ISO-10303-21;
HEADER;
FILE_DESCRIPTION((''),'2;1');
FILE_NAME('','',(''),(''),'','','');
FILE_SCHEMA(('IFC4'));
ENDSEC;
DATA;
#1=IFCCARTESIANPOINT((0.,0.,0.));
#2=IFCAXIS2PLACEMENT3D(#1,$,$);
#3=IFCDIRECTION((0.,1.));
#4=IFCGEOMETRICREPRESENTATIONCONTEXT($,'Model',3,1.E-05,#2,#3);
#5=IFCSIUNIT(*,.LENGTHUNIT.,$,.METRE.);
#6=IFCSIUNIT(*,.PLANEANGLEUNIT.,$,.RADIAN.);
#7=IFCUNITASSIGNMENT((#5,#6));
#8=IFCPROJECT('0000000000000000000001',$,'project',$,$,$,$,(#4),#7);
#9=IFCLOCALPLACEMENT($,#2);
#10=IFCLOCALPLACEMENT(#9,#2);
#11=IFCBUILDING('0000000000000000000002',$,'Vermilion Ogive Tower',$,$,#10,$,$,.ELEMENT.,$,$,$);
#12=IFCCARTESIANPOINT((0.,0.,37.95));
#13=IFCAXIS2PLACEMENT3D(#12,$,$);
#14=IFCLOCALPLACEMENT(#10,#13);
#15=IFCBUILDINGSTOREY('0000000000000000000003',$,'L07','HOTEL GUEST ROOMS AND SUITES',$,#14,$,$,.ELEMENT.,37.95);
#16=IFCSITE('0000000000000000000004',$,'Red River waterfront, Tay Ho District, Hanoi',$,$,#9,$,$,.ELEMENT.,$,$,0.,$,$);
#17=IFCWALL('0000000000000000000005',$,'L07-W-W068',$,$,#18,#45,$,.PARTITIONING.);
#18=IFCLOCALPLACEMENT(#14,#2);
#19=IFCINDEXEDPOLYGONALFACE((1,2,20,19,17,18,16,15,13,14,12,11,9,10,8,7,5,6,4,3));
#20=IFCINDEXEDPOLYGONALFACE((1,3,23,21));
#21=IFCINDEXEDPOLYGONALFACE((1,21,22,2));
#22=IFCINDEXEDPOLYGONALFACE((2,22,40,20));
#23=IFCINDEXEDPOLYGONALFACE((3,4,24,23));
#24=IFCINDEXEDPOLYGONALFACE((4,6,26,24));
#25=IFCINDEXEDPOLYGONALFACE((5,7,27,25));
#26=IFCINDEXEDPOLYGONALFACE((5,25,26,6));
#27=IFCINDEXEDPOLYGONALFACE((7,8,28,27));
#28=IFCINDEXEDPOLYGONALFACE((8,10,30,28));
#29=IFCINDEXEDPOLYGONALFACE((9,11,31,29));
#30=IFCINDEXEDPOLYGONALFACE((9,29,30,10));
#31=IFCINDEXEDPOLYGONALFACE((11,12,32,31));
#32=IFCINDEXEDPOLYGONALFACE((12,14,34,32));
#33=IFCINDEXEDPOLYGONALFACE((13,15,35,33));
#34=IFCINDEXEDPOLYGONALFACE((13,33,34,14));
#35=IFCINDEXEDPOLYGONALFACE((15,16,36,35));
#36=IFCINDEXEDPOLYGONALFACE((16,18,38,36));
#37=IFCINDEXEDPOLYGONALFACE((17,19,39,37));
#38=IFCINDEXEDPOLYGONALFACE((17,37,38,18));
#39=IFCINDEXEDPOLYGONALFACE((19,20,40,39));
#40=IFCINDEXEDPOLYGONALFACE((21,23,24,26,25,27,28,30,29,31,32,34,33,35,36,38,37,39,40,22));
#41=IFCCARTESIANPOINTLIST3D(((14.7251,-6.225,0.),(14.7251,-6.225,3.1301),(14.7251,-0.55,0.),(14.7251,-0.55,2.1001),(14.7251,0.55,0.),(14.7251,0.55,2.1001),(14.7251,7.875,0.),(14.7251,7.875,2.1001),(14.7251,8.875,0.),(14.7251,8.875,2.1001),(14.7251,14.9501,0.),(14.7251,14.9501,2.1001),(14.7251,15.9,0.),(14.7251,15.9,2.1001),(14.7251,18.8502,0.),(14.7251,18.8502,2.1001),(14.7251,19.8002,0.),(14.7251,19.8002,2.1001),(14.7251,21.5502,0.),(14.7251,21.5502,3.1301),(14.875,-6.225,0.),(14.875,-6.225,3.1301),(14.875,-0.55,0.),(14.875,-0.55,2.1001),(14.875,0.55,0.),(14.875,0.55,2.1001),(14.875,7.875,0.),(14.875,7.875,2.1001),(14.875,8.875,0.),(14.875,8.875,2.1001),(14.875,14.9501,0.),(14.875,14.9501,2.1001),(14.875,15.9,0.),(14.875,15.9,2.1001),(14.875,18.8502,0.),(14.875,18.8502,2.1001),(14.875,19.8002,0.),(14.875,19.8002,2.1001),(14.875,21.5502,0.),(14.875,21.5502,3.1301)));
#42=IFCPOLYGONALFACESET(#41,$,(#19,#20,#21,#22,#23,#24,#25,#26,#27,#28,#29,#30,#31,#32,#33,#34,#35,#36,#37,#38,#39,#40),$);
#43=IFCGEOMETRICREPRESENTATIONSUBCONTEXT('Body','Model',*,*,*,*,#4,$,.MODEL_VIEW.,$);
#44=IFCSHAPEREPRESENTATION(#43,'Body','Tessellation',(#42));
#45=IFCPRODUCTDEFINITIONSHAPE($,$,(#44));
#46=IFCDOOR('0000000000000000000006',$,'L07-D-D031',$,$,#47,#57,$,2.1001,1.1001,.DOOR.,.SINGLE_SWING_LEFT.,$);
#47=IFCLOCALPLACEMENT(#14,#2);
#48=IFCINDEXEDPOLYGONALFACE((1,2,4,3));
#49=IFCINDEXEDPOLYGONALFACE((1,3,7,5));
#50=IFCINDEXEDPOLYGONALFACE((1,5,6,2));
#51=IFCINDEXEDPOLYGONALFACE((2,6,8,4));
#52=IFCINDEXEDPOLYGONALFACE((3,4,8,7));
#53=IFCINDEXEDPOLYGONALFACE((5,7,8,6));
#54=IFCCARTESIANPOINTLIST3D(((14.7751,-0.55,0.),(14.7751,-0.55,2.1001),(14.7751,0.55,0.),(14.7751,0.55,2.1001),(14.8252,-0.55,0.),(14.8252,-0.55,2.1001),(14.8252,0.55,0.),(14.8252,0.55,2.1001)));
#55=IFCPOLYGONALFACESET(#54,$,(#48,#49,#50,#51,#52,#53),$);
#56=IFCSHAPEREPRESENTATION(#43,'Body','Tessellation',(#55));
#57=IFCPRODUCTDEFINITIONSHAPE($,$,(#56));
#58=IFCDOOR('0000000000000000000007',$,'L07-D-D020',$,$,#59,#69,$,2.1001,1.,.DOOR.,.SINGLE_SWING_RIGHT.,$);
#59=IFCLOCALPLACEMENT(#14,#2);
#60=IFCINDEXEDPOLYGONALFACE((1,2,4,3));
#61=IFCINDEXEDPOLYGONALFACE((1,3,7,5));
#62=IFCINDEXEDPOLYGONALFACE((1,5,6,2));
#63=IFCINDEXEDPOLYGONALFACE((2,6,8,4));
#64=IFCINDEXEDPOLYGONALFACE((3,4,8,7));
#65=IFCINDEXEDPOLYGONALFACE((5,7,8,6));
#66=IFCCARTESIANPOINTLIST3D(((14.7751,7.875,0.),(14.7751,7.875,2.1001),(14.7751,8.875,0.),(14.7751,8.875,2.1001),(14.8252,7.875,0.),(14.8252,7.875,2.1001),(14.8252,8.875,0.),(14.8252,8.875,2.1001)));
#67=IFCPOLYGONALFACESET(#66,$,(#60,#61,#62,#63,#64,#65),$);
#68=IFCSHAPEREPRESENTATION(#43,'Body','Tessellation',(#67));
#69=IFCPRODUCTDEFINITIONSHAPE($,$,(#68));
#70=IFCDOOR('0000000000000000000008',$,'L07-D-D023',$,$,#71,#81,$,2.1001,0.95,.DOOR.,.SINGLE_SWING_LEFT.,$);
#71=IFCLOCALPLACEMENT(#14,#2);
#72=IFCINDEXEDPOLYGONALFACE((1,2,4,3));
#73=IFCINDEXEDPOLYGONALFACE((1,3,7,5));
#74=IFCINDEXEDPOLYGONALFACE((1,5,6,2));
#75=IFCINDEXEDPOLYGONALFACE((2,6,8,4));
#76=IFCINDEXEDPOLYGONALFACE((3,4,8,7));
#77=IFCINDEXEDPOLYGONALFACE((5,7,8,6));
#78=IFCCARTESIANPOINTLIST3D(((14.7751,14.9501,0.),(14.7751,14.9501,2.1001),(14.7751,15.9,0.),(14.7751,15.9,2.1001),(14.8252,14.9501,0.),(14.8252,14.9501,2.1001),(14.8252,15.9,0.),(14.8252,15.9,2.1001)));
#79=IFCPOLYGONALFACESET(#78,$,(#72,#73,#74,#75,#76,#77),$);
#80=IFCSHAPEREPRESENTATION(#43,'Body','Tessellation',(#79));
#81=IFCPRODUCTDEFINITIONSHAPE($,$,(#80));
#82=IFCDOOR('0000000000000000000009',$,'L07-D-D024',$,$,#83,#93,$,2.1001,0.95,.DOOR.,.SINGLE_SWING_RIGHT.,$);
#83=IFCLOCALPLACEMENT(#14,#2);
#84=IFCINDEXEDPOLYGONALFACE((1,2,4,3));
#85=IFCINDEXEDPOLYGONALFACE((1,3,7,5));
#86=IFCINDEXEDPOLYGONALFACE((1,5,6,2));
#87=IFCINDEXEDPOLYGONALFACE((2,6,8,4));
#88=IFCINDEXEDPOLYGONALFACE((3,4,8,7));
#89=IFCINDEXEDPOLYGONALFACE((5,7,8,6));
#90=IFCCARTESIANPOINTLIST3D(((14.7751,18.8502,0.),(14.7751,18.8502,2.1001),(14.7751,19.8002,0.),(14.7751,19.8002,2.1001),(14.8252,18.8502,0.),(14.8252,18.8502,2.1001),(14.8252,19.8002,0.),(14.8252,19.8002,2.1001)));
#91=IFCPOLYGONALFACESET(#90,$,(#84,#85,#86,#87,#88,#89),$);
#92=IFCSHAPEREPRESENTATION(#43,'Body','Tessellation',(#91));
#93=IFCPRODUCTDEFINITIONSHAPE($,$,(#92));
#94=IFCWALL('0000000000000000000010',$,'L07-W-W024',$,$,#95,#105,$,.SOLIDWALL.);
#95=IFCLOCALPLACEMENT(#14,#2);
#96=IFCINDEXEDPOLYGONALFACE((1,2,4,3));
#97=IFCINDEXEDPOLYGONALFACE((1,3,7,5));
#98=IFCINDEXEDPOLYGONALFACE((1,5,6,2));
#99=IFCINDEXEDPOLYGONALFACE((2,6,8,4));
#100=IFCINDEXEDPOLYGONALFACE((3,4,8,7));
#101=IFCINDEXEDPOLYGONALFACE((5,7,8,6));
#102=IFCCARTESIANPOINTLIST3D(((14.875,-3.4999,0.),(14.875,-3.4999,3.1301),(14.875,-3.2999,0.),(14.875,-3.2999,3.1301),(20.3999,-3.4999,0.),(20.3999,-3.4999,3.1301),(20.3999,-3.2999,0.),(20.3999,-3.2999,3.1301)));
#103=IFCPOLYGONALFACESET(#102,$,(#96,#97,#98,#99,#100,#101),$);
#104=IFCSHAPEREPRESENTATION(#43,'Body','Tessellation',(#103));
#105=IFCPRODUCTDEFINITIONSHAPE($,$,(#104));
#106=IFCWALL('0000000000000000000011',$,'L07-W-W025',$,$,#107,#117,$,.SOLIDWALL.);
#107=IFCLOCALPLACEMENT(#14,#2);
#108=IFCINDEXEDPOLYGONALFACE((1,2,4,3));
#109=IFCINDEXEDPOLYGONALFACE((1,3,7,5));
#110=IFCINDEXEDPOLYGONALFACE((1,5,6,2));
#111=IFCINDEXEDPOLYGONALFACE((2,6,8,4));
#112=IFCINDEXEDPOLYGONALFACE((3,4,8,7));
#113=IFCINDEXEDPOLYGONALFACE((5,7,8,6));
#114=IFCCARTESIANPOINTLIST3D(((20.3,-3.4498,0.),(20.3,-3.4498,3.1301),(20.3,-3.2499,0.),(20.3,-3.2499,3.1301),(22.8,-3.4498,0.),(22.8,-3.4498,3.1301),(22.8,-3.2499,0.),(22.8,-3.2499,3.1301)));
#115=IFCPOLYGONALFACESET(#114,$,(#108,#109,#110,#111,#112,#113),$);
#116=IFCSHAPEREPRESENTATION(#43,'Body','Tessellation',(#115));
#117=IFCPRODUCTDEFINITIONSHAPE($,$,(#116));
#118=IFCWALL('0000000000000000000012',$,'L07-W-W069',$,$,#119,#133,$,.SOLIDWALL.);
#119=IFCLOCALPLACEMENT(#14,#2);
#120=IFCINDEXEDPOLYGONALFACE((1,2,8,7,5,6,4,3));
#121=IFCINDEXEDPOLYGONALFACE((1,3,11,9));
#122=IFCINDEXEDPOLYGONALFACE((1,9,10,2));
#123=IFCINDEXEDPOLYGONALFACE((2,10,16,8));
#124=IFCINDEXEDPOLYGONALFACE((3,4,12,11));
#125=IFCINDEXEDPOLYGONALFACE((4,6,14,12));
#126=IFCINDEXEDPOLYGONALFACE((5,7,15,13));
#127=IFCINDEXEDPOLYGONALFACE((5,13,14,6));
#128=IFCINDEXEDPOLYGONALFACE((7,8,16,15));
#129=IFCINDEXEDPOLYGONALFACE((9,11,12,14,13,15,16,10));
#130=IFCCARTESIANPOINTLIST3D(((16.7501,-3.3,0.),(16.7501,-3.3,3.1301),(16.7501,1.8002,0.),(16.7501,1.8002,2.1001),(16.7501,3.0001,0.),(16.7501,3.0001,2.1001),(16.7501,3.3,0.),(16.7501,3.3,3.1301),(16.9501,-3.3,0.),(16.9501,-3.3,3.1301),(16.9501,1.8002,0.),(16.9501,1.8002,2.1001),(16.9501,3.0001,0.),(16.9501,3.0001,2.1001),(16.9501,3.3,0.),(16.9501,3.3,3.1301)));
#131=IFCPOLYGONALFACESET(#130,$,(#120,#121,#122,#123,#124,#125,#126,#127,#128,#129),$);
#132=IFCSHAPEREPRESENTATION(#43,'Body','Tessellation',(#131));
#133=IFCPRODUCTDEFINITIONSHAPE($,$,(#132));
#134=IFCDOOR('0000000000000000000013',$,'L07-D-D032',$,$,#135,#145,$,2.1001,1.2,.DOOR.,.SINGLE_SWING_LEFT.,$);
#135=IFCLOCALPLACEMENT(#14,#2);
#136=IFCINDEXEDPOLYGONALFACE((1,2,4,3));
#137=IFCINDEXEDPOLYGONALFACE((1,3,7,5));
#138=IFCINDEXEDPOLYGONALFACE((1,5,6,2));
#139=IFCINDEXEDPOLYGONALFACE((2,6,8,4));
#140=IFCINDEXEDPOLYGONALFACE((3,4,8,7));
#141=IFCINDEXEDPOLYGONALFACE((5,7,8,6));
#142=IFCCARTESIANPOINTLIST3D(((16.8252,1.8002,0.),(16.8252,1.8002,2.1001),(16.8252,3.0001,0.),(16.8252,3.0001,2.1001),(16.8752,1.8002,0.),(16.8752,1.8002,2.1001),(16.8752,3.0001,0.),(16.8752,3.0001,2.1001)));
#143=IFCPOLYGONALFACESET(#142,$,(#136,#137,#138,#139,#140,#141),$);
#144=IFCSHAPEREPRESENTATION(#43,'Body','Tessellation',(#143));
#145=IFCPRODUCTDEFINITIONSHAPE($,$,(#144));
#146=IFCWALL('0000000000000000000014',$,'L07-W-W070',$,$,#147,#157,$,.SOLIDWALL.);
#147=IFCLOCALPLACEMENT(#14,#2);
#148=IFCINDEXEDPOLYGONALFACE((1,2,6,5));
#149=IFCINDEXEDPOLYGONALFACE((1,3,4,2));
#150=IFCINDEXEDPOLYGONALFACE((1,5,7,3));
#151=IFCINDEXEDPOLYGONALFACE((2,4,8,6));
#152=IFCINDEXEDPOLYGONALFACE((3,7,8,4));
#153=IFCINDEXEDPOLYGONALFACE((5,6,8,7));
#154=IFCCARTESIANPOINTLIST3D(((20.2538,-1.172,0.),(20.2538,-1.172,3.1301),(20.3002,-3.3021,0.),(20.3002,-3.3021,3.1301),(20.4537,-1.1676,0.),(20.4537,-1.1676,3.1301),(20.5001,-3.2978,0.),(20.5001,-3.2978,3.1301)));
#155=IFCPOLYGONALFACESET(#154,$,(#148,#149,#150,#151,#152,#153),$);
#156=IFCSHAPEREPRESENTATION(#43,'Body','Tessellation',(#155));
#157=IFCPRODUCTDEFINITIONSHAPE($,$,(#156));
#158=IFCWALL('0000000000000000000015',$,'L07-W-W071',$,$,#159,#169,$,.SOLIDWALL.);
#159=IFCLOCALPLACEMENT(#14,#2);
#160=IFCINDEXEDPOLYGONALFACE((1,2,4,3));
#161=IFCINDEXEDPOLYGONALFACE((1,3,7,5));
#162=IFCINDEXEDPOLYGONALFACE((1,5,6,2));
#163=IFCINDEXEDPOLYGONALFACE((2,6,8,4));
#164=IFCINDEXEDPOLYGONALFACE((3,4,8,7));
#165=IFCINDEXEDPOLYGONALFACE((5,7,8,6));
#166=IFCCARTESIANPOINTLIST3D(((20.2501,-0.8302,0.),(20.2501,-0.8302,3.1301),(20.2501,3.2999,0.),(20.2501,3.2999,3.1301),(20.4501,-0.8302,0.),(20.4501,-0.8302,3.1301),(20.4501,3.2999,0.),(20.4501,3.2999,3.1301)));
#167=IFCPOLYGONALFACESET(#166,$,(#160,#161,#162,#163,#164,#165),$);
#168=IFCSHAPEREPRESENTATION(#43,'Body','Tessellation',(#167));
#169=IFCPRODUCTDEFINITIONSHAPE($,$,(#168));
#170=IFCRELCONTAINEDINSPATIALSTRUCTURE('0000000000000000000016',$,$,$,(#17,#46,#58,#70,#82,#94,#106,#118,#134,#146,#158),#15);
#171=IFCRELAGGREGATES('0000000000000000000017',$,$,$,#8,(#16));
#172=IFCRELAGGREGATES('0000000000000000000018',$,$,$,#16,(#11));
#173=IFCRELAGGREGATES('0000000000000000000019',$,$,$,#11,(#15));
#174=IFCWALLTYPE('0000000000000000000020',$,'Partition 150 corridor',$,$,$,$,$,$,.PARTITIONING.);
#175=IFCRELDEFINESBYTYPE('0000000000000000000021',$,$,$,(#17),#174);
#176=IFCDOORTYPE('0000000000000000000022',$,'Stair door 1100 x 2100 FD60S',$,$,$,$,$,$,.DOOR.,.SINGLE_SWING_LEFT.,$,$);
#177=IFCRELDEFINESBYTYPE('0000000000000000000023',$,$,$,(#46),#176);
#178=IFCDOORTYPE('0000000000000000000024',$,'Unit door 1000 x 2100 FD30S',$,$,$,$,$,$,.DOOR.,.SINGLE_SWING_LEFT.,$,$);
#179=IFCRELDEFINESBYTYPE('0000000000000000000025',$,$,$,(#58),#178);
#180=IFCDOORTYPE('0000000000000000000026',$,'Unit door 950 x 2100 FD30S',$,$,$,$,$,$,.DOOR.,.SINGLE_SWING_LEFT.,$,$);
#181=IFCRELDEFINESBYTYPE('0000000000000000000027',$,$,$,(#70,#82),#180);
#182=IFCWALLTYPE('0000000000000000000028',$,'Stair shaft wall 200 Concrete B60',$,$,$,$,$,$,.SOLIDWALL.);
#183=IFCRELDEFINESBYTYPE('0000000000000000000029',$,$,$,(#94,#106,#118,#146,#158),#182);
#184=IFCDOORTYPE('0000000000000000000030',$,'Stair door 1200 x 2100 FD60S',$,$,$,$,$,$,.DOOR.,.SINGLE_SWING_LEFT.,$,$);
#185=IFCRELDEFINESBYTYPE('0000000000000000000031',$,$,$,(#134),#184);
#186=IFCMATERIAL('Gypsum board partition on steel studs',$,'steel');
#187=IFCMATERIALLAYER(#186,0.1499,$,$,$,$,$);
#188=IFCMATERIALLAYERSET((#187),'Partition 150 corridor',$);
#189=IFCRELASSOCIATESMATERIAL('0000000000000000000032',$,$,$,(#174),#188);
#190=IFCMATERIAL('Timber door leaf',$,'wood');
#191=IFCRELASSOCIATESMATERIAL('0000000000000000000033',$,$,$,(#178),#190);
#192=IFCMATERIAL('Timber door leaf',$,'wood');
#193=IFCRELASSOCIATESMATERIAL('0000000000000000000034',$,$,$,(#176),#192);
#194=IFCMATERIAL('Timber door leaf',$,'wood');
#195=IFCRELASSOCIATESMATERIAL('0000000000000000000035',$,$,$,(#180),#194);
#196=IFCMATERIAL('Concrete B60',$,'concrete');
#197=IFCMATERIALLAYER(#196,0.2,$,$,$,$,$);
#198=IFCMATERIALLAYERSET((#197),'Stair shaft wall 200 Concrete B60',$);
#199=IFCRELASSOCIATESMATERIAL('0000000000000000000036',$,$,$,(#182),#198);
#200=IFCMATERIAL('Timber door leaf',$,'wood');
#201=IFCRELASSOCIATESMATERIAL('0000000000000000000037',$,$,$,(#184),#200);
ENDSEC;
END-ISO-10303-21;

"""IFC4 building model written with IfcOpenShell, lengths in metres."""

from ifc_helpers import new_model, si_unit, direction, frame, frame_2d, origin, place, context, subcontext, project, spatial, rectangle, extrude, material, layer, layer_set, type_object, element, fill, save


model = new_model("IFC4")

# Units and contexts
model_context = context("Model", 3, precision=1e-05, world=origin(), true_north=direction((0.0, 1.0)))
body_context = subcontext(model_context, "Body", "Model", "MODEL_VIEW")
ifc_project = project(units=[si_unit("LENGTHUNIT", "METRE"), si_unit("PLANEANGLEUNIT", "RADIAN")], contexts=[model_context])

# Site, building, storey
site_placement = place(None, origin())
site = spatial("IfcSite", under=ifc_project, at=site_placement, Name="Red River waterfront, Tay Ho District, Hanoi", CompositionType="ELEMENT", RefElevation=0.0)
building_placement = place(site_placement, origin())
building = spatial("IfcBuilding", under=site, at=building_placement, Name="Vermilion Ogive Tower", CompositionType="ELEMENT")
storey_placement = place(building_placement, frame((0.0, 0.0, 37.95)))
storey = spatial("IfcBuildingStorey", under=building, at=storey_placement, Name="L07", Description="HOTEL GUEST ROOMS AND SUITES", CompositionType="ELEMENT", Elevation=37.95)

# Shared definitions
ifc_material_1 = material(Name="Gypsum board partition on steel studs", Category="steel")
ifc_layer_1 = layer(ifc_material_1, 0.1499)
ifc_layer_set_1 = layer_set([ifc_layer_1], Name="Partition 150 corridor")
wall_type_1 = type_object("IfcWallType", Name="Partition 150 corridor", PredefinedType="PARTITIONING", material=ifc_layer_set_1)
ifc_material_2 = material(Name="Timber door leaf", Category="wood")
door_type_1 = type_object("IfcDoorType", Name="Unit door 1000 x 2100 FD30S", OperationType="SINGLE_SWING_LEFT", PredefinedType="DOOR", material=ifc_material_2)

# Wall, openings, doors
wall_1_placement = place(storey_placement, frame((14.8, -6.2251, 0.0), z_axis=(0.0, 0.0, 1.0), x_axis=(0.0, 1.0, 0.0)))
wall_1 = element("IfcWall", 1, at=wall_1_placement, inside=storey, type_object=wall_type_1, Name="L07-W-W068", PredefinedType="PARTITIONING", context=body_context, shape_type="SweptSolid", body=[
    extrude(rectangle(XDim=27.7751, YDim=0.1499, at=frame_2d((13.8877, 0.0))), origin(), (0.0, 0.0, 1.0), 3.1301),
])
opening_1_placement = place(wall_1_placement, frame((14.1001, 0.0, 0.0)))
opening_1 = element("IfcOpeningElement", 2, at=opening_1_placement, cuts=wall_1, PredefinedType="OPENING", context=body_context, shape_type="SweptSolid", body=[
    extrude(rectangle(XDim=1.0, YDim=2.1001, at=frame_2d((0.5, 1.05))), frame((0.0, 0.085, 0.0), z_axis=(0.0, -1.0, 0.0), x_axis=(1.0, 0.0, 0.0)), (0.0, 0.0, 1.0), 0.1699),
])
opening_2_placement = place(wall_1_placement, frame((21.175, 0.0, 0.0)))
opening_2 = element("IfcOpeningElement", 3, at=opening_2_placement, cuts=wall_1, PredefinedType="OPENING", context=body_context, shape_type="SweptSolid", body=[
    extrude(rectangle(XDim=0.95, YDim=2.1001, at=frame_2d((0.4751, 1.05))), frame((0.0, 0.085, 0.0), z_axis=(0.0, -1.0, 0.0), x_axis=(1.0, 0.0, 0.0)), (0.0, 0.0, 1.0), 0.1699),
])
opening_3_placement = place(wall_1_placement, frame((25.0752, 0.0, 0.0)))
opening_3 = element("IfcOpeningElement", 4, at=opening_3_placement, cuts=wall_1, PredefinedType="OPENING", context=body_context, shape_type="SweptSolid", body=[
    extrude(rectangle(XDim=0.95, YDim=2.1001, at=frame_2d((0.4751, 1.05))), frame((0.0, 0.085, 0.0), z_axis=(0.0, -1.0, 0.0), x_axis=(1.0, 0.0, 0.0)), (0.0, 0.0, 1.0), 0.1699),
])
opening_4_placement = place(wall_1_placement, frame((5.675, 0.0, 0.0)))
opening_4 = element("IfcOpeningElement", 5, at=opening_4_placement, cuts=wall_1, PredefinedType="OPENING", context=body_context, shape_type="SweptSolid", body=[
    extrude(rectangle(XDim=1.1001, YDim=2.1001, at=frame_2d((0.55, 1.05))), frame((0.0, 0.085, 0.0), z_axis=(0.0, -1.0, 0.0), x_axis=(1.0, 0.0, 0.0)), (0.0, 0.0, 1.0), 0.1699),
])
ifc_material_3 = material(Name="Timber door leaf", Category="wood")
door_type_2 = type_object("IfcDoorType", Name="Stair door 1100 x 2100 FD60S", OperationType="SINGLE_SWING_LEFT", PredefinedType="DOOR", material=ifc_material_3)
door_1_placement = place(opening_4_placement, origin())
door_1 = element("IfcDoor", 6, at=door_1_placement, inside=storey, type_object=door_type_2, Name="L07-D-D031", OperationType="SINGLE_SWING_LEFT", OverallHeight=2.1001, OverallWidth=1.1001, PredefinedType="DOOR", context=body_context, shape_type="SweptSolid", body=[
    extrude(rectangle(XDim=1.1001, YDim=2.1001, at=frame_2d((0.55, 1.05))), frame((0.0, 0.0249, 0.0), z_axis=(0.0, -1.0, 0.0), x_axis=(1.0, 0.0, 0.0)), (0.0, 0.0, 1.0), 0.05),
])
fill(opening_4, door_1)
door_2_placement = place(opening_1_placement, origin())
door_2 = element("IfcDoor", 7, at=door_2_placement, inside=storey, type_object=door_type_1, Name="L07-D-D020", OperationType="SINGLE_SWING_RIGHT", OverallHeight=2.1001, OverallWidth=1.0, PredefinedType="DOOR", context=body_context, shape_type="SweptSolid", body=[
    extrude(rectangle(XDim=1.0, YDim=2.1001, at=frame_2d((0.5, 1.05))), frame((0.0, 0.0249, 0.0), z_axis=(0.0, -1.0, 0.0), x_axis=(1.0, 0.0, 0.0)), (0.0, 0.0, 1.0), 0.05),
])
fill(opening_1, door_2)
ifc_material_4 = material(Name="Timber door leaf", Category="wood")
door_type_3 = type_object("IfcDoorType", Name="Unit door 950 x 2100 FD30S", OperationType="SINGLE_SWING_LEFT", PredefinedType="DOOR", material=ifc_material_4)
door_3_placement = place(opening_2_placement, origin())
door_3 = element("IfcDoor", 8, at=door_3_placement, inside=storey, type_object=door_type_3, Name="L07-D-D023", OperationType="SINGLE_SWING_LEFT", OverallHeight=2.1001, OverallWidth=0.95, PredefinedType="DOOR", context=body_context, shape_type="SweptSolid", body=[
    extrude(rectangle(XDim=0.95, YDim=2.1001, at=frame_2d((0.4751, 1.05))), frame((0.0, 0.0249, 0.0), z_axis=(0.0, -1.0, 0.0), x_axis=(1.0, 0.0, 0.0)), (0.0, 0.0, 1.0), 0.05),
])
fill(opening_2, door_3)
door_4_placement = place(opening_3_placement, origin())
door_4 = element("IfcDoor", 9, at=door_4_placement, inside=storey, type_object=door_type_3, Name="L07-D-D024", OperationType="SINGLE_SWING_RIGHT", OverallHeight=2.1001, OverallWidth=0.95, PredefinedType="DOOR", context=body_context, shape_type="SweptSolid", body=[
    extrude(rectangle(XDim=0.95, YDim=2.1001, at=frame_2d((0.4751, 1.05))), frame((0.0, 0.0249, 0.0), z_axis=(0.0, -1.0, 0.0), x_axis=(1.0, 0.0, 0.0)), (0.0, 0.0, 1.0), 0.05),
])
fill(opening_3, door_4)

# Walls
ifc_material_5 = material(Name="Concrete B60", Category="concrete")
ifc_layer_2 = layer(ifc_material_5, 0.2)
ifc_layer_set_2 = layer_set([ifc_layer_2], Name="Stair shaft wall 200 Concrete B60")
wall_type_2 = type_object("IfcWallType", Name="Stair shaft wall 200 Concrete B60", PredefinedType="SOLIDWALL", material=ifc_layer_set_2)
wall_2_placement = place(storey_placement, frame((14.875, -3.3999, 0.0), z_axis=(0.0, 0.0, 1.0), x_axis=(1.0, 0.0, 0.0)))
element("IfcWall", 10, at=wall_2_placement, inside=storey, type_object=wall_type_2, Name="L07-W-W024", PredefinedType="SOLIDWALL", context=body_context, shape_type="SweptSolid", body=[
    extrude(rectangle(XDim=5.5249, YDim=0.2, at=frame_2d((2.7625, 0.0))), origin(), (0.0, 0.0, 1.0), 3.1301),
])
wall_3_placement = place(storey_placement, frame((20.3, -3.3499, 0.0), z_axis=(0.0, 0.0, 1.0), x_axis=(1.0, 0.0, 0.0)))
element("IfcWall", 11, at=wall_3_placement, inside=storey, type_object=wall_type_2, Name="L07-W-W025", PredefinedType="SOLIDWALL", context=body_context, shape_type="SweptSolid", body=[
    extrude(rectangle(XDim=2.5, YDim=0.2, at=frame_2d((1.25, 0.0))), origin(), (0.0, 0.0, 1.0), 3.1301),
])

# Wall, opening, door
wall_4_placement = place(storey_placement, frame((16.8501, -3.3, 0.0), z_axis=(0.0, 0.0, 1.0), x_axis=(0.0, 1.0, 0.0)))
wall_4 = element("IfcWall", 12, at=wall_4_placement, inside=storey, type_object=wall_type_2, Name="L07-W-W069", PredefinedType="SOLIDWALL", context=body_context, shape_type="SweptSolid", body=[
    extrude(rectangle(XDim=6.6001, YDim=0.2, at=frame_2d((3.3, 0.0))), origin(), (0.0, 0.0, 1.0), 3.1301),
])
opening_5_placement = place(wall_4_placement, frame((5.1001, 0.0, 0.0)))
opening_5 = element("IfcOpeningElement", 13, at=opening_5_placement, cuts=wall_4, PredefinedType="OPENING", context=body_context, shape_type="SweptSolid", body=[
    extrude(rectangle(XDim=1.2, YDim=2.1001, at=frame_2d((0.6001, 1.05))), frame((0.0, 0.1099, 0.0), z_axis=(0.0, -1.0, 0.0), x_axis=(1.0, 0.0, 0.0)), (0.0, 0.0, 1.0), 0.22),
])
ifc_material_6 = material(Name="Timber door leaf", Category="wood")
door_type_4 = type_object("IfcDoorType", Name="Stair door 1200 x 2100 FD60S", OperationType="SINGLE_SWING_LEFT", PredefinedType="DOOR", material=ifc_material_6)
door_5_placement = place(opening_5_placement, origin())
door_5 = element("IfcDoor", 14, at=door_5_placement, inside=storey, type_object=door_type_4, Name="L07-D-D032", OperationType="SINGLE_SWING_LEFT", OverallHeight=2.1001, OverallWidth=1.2, PredefinedType="DOOR", context=body_context, shape_type="SweptSolid", body=[
    extrude(rectangle(XDim=1.2, YDim=2.1001, at=frame_2d((0.6001, 1.05))), frame((0.0, 0.0249, 0.0), z_axis=(0.0, -1.0, 0.0), x_axis=(1.0, 0.0, 0.0)), (0.0, 0.0, 1.0), 0.05),
])
fill(opening_5, door_5)

# Walls
wall_5_placement = place(storey_placement, frame((20.4001, -3.3, 0.0), z_axis=(0.0, 0.0, 1.0), x_axis=(-0.021771, 0.999763, 0.0)))
element("IfcWall", 15, at=wall_5_placement, inside=storey, type_object=wall_type_2, Name="L07-W-W070", PredefinedType="SOLIDWALL", context=body_context, shape_type="SweptSolid", body=[
    extrude(rectangle(XDim=2.1306, YDim=0.2, at=frame_2d((1.0654, 0.0))), origin(), (0.0, 0.0, 1.0), 3.1301),
])
wall_6_placement = place(storey_placement, frame((20.3501, -0.8301, 0.0), z_axis=(0.0, 0.0, 1.0), x_axis=(0.0, 1.0, 0.0)))
element("IfcWall", 16, at=wall_6_placement, inside=storey, type_object=wall_type_2, Name="L07-W-W071", PredefinedType="SOLIDWALL", context=body_context, shape_type="SweptSolid", body=[
    extrude(rectangle(XDim=4.1301, YDim=0.2, at=frame_2d((2.0649, 0.0))), origin(), (0.0, 0.0, 1.0), 3.1301),
])

save(model, "model.ifc")
